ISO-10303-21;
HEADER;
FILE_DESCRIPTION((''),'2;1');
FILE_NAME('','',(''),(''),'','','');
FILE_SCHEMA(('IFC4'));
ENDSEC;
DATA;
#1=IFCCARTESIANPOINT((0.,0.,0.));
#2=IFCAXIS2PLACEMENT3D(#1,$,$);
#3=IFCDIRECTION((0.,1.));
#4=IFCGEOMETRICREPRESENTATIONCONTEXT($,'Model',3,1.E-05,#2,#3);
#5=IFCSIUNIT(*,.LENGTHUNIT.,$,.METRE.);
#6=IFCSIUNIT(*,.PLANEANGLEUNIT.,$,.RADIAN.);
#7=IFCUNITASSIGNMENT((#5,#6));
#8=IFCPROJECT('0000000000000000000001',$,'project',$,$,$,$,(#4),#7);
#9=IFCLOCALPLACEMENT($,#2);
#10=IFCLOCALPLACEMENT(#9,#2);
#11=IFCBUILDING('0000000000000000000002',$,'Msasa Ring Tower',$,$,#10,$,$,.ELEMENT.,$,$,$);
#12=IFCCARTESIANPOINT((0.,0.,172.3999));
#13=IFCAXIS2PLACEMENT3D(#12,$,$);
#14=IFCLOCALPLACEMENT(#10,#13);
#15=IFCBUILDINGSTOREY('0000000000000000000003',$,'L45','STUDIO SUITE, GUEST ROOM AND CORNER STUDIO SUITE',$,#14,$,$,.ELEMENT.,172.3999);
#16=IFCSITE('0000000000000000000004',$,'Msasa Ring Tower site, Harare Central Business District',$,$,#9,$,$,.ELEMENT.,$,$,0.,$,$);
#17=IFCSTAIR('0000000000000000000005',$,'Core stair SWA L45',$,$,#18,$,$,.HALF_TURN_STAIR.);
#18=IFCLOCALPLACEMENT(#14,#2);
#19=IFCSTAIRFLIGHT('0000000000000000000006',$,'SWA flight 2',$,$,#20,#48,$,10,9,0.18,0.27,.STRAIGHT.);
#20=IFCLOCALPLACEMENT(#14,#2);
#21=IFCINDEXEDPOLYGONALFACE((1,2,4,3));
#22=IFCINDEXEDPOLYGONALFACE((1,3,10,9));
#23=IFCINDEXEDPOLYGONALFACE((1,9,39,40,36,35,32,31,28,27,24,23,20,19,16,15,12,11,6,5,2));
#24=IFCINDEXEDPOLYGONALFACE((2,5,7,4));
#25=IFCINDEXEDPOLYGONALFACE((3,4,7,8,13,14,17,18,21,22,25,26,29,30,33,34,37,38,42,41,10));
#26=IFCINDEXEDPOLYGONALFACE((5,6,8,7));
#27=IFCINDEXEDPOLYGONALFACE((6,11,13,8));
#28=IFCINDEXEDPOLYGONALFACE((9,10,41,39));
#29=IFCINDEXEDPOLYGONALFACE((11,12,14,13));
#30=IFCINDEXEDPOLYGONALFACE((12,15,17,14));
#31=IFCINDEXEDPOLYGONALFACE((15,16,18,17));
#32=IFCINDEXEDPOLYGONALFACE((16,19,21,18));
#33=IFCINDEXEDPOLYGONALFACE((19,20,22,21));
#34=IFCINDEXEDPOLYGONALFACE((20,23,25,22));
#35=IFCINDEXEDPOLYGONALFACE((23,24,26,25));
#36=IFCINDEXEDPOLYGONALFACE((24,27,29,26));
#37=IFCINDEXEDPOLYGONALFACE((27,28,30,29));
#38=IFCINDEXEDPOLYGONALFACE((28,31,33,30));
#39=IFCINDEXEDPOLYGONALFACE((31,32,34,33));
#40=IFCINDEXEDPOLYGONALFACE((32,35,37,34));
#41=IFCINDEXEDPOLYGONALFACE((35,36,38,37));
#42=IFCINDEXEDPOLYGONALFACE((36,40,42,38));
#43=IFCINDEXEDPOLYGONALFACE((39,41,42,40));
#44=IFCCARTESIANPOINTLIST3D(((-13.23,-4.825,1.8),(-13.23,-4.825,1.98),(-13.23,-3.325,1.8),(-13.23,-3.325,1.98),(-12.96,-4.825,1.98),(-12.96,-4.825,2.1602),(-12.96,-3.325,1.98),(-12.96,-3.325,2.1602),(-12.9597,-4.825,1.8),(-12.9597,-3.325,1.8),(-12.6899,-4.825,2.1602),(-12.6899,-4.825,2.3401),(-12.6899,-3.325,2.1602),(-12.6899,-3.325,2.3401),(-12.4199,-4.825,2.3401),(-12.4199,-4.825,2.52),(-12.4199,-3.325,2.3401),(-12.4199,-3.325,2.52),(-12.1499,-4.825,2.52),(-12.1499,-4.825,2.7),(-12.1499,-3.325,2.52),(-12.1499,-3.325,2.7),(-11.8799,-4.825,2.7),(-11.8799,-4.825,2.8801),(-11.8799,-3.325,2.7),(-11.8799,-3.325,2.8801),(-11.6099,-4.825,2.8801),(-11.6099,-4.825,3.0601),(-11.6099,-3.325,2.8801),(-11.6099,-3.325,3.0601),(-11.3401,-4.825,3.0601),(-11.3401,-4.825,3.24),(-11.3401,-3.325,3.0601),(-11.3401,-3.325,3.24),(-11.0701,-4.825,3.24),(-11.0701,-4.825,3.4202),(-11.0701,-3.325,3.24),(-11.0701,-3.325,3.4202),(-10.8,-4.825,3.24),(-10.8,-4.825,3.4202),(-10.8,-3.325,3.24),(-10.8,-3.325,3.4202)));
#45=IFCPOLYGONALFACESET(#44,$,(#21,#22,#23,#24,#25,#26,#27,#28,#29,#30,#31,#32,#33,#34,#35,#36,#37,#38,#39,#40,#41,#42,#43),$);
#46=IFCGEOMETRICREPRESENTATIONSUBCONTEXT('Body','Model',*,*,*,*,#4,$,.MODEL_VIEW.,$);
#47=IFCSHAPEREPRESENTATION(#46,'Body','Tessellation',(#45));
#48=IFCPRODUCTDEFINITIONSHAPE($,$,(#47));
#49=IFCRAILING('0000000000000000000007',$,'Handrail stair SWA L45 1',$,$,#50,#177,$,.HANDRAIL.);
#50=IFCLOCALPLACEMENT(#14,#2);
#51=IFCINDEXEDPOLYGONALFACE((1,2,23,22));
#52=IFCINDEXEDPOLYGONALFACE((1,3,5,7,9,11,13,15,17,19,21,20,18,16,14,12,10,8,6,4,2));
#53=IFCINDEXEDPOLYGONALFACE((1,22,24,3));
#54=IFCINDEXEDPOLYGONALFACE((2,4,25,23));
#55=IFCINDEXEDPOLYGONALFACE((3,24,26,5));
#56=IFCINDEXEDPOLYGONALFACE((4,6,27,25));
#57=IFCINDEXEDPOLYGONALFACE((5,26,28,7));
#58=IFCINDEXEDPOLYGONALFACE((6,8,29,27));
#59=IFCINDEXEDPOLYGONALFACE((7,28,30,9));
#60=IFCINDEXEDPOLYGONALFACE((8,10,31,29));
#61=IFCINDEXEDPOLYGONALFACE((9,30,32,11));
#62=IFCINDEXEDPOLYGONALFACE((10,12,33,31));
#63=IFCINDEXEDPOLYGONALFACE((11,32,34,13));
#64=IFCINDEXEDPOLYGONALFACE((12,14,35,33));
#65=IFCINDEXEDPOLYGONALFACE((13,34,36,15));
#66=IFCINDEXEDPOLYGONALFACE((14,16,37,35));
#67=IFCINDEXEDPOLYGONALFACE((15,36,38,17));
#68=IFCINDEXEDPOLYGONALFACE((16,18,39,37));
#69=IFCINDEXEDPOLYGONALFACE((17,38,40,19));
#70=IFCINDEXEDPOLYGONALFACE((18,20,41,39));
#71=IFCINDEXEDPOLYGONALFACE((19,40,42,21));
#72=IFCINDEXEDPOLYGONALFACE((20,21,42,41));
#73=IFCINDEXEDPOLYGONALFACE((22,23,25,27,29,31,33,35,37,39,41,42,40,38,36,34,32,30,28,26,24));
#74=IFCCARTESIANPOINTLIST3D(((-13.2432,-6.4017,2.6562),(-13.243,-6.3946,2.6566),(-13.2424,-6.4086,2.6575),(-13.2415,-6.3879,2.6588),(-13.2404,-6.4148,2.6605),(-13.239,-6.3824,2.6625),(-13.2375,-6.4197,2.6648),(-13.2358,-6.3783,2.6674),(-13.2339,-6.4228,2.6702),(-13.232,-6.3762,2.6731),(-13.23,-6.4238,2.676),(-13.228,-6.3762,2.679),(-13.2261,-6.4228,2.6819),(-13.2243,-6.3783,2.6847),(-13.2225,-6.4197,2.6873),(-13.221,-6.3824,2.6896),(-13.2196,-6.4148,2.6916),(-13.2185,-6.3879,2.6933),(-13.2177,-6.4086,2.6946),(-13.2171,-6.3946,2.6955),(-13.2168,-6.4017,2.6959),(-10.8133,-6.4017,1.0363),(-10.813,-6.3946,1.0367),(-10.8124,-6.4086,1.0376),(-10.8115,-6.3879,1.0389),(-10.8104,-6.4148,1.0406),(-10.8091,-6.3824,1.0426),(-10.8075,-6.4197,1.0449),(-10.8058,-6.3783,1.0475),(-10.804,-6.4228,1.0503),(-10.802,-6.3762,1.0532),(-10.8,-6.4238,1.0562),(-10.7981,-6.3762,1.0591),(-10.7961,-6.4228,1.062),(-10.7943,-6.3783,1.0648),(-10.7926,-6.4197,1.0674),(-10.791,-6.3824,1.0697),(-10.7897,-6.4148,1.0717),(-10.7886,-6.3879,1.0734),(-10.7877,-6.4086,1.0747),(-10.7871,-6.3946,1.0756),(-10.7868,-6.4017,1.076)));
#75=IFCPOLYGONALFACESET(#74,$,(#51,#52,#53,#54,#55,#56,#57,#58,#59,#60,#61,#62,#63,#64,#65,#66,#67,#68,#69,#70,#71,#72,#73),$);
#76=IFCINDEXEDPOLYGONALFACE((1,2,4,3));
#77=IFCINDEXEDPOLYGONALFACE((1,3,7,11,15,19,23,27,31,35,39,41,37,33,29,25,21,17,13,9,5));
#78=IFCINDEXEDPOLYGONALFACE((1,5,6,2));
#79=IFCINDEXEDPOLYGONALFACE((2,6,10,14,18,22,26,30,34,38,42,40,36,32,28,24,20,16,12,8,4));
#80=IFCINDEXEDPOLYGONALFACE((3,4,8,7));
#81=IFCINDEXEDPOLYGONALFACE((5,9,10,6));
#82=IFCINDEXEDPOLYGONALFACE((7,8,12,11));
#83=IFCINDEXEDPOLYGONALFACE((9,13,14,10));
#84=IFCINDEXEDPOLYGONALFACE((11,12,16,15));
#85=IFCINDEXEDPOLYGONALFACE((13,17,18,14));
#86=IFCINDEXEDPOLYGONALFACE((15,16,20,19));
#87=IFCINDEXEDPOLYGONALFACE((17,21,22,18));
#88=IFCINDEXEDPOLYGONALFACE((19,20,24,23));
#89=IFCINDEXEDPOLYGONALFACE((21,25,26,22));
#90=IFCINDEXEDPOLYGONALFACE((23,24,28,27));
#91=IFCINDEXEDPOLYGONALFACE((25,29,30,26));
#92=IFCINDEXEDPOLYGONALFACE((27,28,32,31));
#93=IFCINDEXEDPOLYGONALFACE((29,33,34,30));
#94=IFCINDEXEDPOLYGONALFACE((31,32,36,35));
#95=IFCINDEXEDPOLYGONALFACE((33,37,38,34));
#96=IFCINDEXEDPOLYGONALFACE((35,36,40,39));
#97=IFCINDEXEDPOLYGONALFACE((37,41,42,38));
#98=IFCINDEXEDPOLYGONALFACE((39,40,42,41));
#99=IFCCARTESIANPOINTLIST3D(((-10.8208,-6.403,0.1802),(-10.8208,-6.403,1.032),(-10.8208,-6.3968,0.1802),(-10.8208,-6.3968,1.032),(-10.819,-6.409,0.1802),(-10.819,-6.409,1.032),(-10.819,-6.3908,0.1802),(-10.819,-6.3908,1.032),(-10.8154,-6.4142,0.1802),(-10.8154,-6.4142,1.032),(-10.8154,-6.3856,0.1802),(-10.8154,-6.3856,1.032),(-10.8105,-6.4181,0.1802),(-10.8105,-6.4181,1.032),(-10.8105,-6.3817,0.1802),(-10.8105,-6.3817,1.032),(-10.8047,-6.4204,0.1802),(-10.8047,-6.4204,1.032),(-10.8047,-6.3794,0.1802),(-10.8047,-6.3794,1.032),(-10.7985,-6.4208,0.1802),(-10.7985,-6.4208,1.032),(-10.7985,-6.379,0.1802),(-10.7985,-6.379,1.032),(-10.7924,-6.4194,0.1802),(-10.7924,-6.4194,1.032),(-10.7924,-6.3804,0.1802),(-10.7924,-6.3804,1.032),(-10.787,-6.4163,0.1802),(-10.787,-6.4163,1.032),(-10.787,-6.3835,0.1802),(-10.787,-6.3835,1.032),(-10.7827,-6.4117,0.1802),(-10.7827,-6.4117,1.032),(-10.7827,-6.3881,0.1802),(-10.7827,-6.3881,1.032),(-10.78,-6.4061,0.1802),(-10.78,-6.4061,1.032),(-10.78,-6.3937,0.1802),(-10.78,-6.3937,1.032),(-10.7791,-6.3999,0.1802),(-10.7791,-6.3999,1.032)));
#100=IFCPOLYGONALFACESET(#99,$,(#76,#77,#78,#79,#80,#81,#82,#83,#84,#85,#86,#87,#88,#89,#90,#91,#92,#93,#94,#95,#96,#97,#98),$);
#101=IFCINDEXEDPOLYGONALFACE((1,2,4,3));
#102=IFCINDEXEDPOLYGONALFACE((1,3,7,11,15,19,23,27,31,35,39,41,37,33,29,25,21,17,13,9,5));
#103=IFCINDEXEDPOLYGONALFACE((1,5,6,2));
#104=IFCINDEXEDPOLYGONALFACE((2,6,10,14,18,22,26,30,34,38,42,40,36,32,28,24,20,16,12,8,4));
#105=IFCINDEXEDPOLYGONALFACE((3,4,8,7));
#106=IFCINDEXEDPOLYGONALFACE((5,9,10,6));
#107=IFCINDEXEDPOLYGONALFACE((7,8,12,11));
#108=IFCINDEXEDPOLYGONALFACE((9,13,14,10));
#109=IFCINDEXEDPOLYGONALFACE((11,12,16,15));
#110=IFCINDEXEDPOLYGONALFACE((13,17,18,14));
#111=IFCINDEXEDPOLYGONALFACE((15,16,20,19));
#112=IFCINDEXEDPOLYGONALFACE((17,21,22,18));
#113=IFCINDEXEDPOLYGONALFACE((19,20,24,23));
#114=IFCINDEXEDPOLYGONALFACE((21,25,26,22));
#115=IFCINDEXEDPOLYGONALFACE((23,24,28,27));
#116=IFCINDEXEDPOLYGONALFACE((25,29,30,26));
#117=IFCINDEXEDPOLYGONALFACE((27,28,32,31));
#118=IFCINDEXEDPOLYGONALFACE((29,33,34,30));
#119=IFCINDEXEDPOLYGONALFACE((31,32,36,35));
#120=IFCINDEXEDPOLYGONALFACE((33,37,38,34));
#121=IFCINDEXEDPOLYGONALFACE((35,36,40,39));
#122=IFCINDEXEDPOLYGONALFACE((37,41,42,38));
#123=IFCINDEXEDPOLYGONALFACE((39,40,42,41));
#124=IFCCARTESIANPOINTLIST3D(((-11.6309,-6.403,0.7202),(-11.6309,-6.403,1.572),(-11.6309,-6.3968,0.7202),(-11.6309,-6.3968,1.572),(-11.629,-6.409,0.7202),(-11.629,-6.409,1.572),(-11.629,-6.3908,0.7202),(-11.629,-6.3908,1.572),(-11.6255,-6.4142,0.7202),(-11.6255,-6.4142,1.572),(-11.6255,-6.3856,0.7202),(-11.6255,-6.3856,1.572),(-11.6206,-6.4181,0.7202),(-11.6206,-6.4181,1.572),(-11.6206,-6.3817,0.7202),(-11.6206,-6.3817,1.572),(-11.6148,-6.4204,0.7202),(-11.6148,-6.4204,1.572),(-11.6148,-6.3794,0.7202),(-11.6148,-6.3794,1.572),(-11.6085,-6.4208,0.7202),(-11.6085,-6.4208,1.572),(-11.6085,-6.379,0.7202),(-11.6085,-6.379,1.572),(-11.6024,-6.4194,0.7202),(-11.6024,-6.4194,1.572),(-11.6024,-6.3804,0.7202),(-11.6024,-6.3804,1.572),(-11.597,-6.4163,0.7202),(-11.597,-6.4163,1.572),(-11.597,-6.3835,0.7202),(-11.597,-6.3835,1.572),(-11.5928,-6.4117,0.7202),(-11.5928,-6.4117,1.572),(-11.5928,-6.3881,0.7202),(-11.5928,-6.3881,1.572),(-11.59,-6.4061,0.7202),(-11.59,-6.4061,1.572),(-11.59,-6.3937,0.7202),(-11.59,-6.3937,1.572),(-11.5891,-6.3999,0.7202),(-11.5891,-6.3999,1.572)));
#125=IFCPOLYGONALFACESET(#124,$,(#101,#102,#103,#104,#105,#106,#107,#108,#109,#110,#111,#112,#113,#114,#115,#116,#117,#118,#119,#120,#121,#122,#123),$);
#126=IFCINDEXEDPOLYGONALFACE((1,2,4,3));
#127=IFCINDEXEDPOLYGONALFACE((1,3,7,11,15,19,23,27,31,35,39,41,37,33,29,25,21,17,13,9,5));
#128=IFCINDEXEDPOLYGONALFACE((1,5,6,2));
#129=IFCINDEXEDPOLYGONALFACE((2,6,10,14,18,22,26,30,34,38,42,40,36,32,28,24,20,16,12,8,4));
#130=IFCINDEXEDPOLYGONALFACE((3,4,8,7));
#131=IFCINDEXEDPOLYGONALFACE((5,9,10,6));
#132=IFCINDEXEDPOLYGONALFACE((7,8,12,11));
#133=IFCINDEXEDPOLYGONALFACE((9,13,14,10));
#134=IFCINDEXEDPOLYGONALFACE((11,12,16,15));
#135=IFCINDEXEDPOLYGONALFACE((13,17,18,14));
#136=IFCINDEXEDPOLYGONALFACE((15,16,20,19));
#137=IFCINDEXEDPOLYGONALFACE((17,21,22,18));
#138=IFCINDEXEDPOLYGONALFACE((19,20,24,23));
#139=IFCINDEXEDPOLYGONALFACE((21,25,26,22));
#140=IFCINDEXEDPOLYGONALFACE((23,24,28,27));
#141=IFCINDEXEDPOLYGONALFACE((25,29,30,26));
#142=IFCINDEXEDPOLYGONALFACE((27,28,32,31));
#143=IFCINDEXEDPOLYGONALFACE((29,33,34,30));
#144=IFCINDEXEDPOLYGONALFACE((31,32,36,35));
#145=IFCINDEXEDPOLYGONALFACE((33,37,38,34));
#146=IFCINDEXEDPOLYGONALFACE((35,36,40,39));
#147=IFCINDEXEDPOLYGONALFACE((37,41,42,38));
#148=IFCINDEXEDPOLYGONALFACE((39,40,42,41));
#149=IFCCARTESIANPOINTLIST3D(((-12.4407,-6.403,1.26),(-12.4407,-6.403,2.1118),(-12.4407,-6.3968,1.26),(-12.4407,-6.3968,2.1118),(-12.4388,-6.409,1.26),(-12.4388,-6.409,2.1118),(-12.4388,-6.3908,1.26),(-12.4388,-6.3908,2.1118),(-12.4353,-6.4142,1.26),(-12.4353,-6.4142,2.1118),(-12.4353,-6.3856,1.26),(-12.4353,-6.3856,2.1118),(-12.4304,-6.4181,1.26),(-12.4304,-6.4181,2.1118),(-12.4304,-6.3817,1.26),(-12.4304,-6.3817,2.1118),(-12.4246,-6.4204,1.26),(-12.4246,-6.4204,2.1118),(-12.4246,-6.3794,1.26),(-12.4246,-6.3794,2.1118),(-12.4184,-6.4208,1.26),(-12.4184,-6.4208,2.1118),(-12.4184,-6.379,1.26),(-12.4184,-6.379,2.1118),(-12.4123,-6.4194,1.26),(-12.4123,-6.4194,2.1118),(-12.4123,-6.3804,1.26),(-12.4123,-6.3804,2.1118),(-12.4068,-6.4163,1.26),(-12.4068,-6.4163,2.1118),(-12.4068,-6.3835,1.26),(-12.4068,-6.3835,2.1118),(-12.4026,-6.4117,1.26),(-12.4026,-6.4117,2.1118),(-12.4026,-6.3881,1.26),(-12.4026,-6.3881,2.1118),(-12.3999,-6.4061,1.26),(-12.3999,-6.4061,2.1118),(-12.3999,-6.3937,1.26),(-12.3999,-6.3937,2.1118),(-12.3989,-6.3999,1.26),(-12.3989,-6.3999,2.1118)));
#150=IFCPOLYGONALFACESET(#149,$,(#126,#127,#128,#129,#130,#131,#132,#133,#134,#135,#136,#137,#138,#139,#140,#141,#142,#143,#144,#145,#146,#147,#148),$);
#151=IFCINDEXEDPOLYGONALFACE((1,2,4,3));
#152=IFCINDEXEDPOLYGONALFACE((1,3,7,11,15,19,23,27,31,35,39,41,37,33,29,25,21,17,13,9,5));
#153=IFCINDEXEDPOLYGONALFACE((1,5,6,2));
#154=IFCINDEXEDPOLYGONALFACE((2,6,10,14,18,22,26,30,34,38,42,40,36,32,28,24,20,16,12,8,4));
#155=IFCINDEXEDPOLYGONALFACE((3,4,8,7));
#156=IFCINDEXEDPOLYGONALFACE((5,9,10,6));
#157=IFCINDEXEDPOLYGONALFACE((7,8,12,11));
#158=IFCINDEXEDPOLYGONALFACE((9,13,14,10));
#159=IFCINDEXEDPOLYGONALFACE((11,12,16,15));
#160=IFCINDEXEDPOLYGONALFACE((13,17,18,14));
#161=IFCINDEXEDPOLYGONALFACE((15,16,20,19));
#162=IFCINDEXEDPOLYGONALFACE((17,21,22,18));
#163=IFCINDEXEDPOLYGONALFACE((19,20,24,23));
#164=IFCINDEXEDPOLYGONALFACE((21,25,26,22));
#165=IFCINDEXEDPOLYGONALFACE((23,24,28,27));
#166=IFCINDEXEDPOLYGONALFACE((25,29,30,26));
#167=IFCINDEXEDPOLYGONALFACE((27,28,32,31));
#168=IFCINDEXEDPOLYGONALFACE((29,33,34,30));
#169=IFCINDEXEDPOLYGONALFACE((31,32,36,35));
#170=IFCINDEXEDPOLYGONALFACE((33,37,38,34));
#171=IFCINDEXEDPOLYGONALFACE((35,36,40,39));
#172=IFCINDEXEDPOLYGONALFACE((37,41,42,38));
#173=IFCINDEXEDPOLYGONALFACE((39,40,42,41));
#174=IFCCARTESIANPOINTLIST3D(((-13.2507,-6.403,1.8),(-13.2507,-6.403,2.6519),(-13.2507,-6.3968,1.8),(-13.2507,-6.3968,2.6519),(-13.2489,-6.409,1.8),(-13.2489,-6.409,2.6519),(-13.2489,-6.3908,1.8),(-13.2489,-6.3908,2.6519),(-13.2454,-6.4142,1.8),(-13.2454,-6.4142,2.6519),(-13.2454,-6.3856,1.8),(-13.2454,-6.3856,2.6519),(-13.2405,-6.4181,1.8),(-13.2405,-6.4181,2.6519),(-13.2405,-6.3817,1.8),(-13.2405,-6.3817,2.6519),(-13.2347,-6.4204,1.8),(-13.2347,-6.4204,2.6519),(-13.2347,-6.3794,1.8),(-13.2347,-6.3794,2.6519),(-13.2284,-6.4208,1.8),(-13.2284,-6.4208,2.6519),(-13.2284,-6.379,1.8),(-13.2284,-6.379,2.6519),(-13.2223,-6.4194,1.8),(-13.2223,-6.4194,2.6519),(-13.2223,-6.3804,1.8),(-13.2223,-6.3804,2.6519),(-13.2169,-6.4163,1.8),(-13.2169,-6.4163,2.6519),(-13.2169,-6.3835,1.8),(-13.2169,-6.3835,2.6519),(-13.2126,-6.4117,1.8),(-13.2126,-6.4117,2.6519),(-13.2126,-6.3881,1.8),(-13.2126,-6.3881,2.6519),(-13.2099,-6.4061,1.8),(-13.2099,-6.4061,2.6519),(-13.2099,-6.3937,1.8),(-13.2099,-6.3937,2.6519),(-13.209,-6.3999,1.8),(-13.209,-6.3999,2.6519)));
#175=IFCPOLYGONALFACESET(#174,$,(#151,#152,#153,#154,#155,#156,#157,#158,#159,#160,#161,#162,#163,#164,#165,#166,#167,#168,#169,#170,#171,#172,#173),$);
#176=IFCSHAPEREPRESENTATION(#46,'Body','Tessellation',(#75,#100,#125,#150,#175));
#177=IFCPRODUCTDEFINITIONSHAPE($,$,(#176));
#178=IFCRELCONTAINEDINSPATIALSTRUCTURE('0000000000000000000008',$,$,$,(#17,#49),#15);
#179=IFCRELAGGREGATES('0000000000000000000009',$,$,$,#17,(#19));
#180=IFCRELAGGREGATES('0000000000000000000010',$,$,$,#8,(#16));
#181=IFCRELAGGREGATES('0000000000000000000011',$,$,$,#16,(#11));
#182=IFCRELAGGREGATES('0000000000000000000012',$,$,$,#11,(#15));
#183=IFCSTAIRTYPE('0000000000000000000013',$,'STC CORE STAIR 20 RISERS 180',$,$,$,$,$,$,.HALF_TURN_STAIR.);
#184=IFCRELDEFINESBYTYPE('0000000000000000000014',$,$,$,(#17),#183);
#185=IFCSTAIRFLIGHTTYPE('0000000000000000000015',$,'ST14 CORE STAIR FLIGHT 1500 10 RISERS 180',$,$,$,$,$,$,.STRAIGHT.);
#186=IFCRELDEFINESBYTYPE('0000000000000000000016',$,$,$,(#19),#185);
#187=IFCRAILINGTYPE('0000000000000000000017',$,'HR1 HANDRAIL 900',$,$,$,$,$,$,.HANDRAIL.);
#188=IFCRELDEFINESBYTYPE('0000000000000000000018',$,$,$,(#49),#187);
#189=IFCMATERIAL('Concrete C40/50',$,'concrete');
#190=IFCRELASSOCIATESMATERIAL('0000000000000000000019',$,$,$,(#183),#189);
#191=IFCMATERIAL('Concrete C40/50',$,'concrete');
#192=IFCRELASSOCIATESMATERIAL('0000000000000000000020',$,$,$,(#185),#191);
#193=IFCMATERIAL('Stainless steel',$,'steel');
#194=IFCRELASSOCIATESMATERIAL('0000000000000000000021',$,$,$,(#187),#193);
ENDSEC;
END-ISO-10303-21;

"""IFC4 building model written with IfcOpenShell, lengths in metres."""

from ifc_helpers import new_model, si_unit, direction, frame, origin, origin_2d, place, context, subcontext, project, spatial, polyline, circle, outline, extrude, material, type_object, element, aggregate, save


model = new_model("IFC4")

# Units and contexts
model_context = context("Model", 3, precision=1e-05, world=origin(), true_north=direction((0.0, 1.0)))
body_context = subcontext(model_context, "Body", "Model", "MODEL_VIEW")
ifc_project = project(units=[si_unit("LENGTHUNIT", "METRE"), si_unit("PLANEANGLEUNIT", "RADIAN")], contexts=[model_context])

# Site, building, storey
site_placement = place(None, origin())
site = spatial("IfcSite", under=ifc_project, at=site_placement, Name="Msasa Ring Tower site, Harare Central Business District", CompositionType="ELEMENT", RefElevation=0.0)
building_placement = place(site_placement, origin())
building = spatial("IfcBuilding", under=site, at=building_placement, Name="Msasa Ring Tower", CompositionType="ELEMENT")
storey_placement = place(building_placement, frame((0.0, 0.0, 172.3999)))
storey = spatial("IfcBuildingStorey", under=building, at=storey_placement, Name="L45", Description="STUDIO SUITE, GUEST ROOM AND CORNER STUDIO SUITE", CompositionType="ELEMENT", Elevation=172.3999)

# Stair, stair flight
ifc_material_1 = material(Name="Concrete C40/50", Category="concrete")
stair_type = type_object("IfcStairType", Name="STC CORE STAIR 20 RISERS 180", PredefinedType="HALF_TURN_STAIR", material=ifc_material_1)
stair_placement = place(storey_placement, origin())
stair = element("IfcStair", 1, at=stair_placement, inside=storey, type_object=stair_type, Name="Core stair SWA L45", PredefinedType="HALF_TURN_STAIR")
ifc_material_2 = material(Name="Concrete C40/50", Category="concrete")
stair_flight_type = type_object("IfcStairFlightType", Name="ST14 CORE STAIR FLIGHT 1500 10 RISERS 180", PredefinedType="STRAIGHT", material=ifc_material_2)
stair_flight_1_placement = place(storey_placement, frame((-13.23, -4.075, 1.8), z_axis=(0.0, 0.0, 1.0), x_axis=(1.0, 0.0, 0.0)))
stair_flight_1 = element("IfcStairFlight", 2, at=stair_flight_1_placement, type_object=stair_flight_type, Name="SWA flight 2", NumberOfRisers=10, NumberOfTreads=9, PredefinedType="STRAIGHT", RiserHeight=0.18, TreadLength=0.27, context=body_context, shape_type="SweptSolid", body=[
    extrude(outline(polyline([(0.0, 0.0), (0.0, 0.1799), (0.27, 0.1799), (0.27, 0.3601), (0.54, 0.3601), (0.54, 0.54), (0.8101, 0.54), (0.8101, 0.72), (1.0801, 0.72), (1.0801, 0.8999), (1.3501, 0.8999), (1.3501, 1.0801), (1.6201, 1.0801), (1.6201, 1.26), (1.8899, 1.26), (1.8899, 1.4399), (2.1599, 1.4399), (2.1599, 1.6201), (2.4299, 1.6201), (2.4299, 1.8), (2.4299, 1.4399), (0.2703, 0.0), (0.0, 0.0)])), frame((0.0, 0.75, 0.0), z_axis=(0.0, -1.0, 0.0), x_axis=(1.0, 0.0, 0.0)), (0.0, 0.0, 1.0), 1.5),
])
aggregate(stair, [stair_flight_1])

# Railing
ifc_material_3 = material(Name="Stainless steel", Category="steel")
railing_type = type_object("IfcRailingType", Name="HR1 HANDRAIL 900", PredefinedType="HANDRAIL", material=ifc_material_3)
for number, where, name in (
    (3, (-10.8, -6.3999, 0.1802), "Handrail stair SWA L45 1"),
):
    element("IfcRailing", number, at=place(storey_placement, frame(where)), inside=storey, type_object=railing_type, Name=name, PredefinedType="HANDRAIL", context=body_context, shape_type="SweptSolid", body=[
        extrude(circle(Radius=0.0239, at=origin_2d()), frame((0.0, 0.0, 0.876), z_axis=(-0.832063, 0.0, 0.554681), x_axis=(0.0, -1.0, 0.0)), (0.0, 0.0, 1.0), 2.9204),
        extrude(circle(Radius=0.021, at=origin_2d()), origin(), (0.0, 0.0, 1.0), 0.8518),
        extrude(circle(Radius=0.021, at=origin_2d()), frame((-0.8101, 0.0, 0.54)), (0.0, 0.0, 1.0), 0.8518),
        extrude(circle(Radius=0.021, at=origin_2d()), frame((-1.6199, 0.0, 1.0798)), (0.0, 0.0, 1.0), 0.8518),
        extrude(circle(Radius=0.021, at=origin_2d()), frame((-2.4299, 0.0, 1.6199)), (0.0, 0.0, 1.0), 0.8518),
    ])

save(model, "model.ifc")
